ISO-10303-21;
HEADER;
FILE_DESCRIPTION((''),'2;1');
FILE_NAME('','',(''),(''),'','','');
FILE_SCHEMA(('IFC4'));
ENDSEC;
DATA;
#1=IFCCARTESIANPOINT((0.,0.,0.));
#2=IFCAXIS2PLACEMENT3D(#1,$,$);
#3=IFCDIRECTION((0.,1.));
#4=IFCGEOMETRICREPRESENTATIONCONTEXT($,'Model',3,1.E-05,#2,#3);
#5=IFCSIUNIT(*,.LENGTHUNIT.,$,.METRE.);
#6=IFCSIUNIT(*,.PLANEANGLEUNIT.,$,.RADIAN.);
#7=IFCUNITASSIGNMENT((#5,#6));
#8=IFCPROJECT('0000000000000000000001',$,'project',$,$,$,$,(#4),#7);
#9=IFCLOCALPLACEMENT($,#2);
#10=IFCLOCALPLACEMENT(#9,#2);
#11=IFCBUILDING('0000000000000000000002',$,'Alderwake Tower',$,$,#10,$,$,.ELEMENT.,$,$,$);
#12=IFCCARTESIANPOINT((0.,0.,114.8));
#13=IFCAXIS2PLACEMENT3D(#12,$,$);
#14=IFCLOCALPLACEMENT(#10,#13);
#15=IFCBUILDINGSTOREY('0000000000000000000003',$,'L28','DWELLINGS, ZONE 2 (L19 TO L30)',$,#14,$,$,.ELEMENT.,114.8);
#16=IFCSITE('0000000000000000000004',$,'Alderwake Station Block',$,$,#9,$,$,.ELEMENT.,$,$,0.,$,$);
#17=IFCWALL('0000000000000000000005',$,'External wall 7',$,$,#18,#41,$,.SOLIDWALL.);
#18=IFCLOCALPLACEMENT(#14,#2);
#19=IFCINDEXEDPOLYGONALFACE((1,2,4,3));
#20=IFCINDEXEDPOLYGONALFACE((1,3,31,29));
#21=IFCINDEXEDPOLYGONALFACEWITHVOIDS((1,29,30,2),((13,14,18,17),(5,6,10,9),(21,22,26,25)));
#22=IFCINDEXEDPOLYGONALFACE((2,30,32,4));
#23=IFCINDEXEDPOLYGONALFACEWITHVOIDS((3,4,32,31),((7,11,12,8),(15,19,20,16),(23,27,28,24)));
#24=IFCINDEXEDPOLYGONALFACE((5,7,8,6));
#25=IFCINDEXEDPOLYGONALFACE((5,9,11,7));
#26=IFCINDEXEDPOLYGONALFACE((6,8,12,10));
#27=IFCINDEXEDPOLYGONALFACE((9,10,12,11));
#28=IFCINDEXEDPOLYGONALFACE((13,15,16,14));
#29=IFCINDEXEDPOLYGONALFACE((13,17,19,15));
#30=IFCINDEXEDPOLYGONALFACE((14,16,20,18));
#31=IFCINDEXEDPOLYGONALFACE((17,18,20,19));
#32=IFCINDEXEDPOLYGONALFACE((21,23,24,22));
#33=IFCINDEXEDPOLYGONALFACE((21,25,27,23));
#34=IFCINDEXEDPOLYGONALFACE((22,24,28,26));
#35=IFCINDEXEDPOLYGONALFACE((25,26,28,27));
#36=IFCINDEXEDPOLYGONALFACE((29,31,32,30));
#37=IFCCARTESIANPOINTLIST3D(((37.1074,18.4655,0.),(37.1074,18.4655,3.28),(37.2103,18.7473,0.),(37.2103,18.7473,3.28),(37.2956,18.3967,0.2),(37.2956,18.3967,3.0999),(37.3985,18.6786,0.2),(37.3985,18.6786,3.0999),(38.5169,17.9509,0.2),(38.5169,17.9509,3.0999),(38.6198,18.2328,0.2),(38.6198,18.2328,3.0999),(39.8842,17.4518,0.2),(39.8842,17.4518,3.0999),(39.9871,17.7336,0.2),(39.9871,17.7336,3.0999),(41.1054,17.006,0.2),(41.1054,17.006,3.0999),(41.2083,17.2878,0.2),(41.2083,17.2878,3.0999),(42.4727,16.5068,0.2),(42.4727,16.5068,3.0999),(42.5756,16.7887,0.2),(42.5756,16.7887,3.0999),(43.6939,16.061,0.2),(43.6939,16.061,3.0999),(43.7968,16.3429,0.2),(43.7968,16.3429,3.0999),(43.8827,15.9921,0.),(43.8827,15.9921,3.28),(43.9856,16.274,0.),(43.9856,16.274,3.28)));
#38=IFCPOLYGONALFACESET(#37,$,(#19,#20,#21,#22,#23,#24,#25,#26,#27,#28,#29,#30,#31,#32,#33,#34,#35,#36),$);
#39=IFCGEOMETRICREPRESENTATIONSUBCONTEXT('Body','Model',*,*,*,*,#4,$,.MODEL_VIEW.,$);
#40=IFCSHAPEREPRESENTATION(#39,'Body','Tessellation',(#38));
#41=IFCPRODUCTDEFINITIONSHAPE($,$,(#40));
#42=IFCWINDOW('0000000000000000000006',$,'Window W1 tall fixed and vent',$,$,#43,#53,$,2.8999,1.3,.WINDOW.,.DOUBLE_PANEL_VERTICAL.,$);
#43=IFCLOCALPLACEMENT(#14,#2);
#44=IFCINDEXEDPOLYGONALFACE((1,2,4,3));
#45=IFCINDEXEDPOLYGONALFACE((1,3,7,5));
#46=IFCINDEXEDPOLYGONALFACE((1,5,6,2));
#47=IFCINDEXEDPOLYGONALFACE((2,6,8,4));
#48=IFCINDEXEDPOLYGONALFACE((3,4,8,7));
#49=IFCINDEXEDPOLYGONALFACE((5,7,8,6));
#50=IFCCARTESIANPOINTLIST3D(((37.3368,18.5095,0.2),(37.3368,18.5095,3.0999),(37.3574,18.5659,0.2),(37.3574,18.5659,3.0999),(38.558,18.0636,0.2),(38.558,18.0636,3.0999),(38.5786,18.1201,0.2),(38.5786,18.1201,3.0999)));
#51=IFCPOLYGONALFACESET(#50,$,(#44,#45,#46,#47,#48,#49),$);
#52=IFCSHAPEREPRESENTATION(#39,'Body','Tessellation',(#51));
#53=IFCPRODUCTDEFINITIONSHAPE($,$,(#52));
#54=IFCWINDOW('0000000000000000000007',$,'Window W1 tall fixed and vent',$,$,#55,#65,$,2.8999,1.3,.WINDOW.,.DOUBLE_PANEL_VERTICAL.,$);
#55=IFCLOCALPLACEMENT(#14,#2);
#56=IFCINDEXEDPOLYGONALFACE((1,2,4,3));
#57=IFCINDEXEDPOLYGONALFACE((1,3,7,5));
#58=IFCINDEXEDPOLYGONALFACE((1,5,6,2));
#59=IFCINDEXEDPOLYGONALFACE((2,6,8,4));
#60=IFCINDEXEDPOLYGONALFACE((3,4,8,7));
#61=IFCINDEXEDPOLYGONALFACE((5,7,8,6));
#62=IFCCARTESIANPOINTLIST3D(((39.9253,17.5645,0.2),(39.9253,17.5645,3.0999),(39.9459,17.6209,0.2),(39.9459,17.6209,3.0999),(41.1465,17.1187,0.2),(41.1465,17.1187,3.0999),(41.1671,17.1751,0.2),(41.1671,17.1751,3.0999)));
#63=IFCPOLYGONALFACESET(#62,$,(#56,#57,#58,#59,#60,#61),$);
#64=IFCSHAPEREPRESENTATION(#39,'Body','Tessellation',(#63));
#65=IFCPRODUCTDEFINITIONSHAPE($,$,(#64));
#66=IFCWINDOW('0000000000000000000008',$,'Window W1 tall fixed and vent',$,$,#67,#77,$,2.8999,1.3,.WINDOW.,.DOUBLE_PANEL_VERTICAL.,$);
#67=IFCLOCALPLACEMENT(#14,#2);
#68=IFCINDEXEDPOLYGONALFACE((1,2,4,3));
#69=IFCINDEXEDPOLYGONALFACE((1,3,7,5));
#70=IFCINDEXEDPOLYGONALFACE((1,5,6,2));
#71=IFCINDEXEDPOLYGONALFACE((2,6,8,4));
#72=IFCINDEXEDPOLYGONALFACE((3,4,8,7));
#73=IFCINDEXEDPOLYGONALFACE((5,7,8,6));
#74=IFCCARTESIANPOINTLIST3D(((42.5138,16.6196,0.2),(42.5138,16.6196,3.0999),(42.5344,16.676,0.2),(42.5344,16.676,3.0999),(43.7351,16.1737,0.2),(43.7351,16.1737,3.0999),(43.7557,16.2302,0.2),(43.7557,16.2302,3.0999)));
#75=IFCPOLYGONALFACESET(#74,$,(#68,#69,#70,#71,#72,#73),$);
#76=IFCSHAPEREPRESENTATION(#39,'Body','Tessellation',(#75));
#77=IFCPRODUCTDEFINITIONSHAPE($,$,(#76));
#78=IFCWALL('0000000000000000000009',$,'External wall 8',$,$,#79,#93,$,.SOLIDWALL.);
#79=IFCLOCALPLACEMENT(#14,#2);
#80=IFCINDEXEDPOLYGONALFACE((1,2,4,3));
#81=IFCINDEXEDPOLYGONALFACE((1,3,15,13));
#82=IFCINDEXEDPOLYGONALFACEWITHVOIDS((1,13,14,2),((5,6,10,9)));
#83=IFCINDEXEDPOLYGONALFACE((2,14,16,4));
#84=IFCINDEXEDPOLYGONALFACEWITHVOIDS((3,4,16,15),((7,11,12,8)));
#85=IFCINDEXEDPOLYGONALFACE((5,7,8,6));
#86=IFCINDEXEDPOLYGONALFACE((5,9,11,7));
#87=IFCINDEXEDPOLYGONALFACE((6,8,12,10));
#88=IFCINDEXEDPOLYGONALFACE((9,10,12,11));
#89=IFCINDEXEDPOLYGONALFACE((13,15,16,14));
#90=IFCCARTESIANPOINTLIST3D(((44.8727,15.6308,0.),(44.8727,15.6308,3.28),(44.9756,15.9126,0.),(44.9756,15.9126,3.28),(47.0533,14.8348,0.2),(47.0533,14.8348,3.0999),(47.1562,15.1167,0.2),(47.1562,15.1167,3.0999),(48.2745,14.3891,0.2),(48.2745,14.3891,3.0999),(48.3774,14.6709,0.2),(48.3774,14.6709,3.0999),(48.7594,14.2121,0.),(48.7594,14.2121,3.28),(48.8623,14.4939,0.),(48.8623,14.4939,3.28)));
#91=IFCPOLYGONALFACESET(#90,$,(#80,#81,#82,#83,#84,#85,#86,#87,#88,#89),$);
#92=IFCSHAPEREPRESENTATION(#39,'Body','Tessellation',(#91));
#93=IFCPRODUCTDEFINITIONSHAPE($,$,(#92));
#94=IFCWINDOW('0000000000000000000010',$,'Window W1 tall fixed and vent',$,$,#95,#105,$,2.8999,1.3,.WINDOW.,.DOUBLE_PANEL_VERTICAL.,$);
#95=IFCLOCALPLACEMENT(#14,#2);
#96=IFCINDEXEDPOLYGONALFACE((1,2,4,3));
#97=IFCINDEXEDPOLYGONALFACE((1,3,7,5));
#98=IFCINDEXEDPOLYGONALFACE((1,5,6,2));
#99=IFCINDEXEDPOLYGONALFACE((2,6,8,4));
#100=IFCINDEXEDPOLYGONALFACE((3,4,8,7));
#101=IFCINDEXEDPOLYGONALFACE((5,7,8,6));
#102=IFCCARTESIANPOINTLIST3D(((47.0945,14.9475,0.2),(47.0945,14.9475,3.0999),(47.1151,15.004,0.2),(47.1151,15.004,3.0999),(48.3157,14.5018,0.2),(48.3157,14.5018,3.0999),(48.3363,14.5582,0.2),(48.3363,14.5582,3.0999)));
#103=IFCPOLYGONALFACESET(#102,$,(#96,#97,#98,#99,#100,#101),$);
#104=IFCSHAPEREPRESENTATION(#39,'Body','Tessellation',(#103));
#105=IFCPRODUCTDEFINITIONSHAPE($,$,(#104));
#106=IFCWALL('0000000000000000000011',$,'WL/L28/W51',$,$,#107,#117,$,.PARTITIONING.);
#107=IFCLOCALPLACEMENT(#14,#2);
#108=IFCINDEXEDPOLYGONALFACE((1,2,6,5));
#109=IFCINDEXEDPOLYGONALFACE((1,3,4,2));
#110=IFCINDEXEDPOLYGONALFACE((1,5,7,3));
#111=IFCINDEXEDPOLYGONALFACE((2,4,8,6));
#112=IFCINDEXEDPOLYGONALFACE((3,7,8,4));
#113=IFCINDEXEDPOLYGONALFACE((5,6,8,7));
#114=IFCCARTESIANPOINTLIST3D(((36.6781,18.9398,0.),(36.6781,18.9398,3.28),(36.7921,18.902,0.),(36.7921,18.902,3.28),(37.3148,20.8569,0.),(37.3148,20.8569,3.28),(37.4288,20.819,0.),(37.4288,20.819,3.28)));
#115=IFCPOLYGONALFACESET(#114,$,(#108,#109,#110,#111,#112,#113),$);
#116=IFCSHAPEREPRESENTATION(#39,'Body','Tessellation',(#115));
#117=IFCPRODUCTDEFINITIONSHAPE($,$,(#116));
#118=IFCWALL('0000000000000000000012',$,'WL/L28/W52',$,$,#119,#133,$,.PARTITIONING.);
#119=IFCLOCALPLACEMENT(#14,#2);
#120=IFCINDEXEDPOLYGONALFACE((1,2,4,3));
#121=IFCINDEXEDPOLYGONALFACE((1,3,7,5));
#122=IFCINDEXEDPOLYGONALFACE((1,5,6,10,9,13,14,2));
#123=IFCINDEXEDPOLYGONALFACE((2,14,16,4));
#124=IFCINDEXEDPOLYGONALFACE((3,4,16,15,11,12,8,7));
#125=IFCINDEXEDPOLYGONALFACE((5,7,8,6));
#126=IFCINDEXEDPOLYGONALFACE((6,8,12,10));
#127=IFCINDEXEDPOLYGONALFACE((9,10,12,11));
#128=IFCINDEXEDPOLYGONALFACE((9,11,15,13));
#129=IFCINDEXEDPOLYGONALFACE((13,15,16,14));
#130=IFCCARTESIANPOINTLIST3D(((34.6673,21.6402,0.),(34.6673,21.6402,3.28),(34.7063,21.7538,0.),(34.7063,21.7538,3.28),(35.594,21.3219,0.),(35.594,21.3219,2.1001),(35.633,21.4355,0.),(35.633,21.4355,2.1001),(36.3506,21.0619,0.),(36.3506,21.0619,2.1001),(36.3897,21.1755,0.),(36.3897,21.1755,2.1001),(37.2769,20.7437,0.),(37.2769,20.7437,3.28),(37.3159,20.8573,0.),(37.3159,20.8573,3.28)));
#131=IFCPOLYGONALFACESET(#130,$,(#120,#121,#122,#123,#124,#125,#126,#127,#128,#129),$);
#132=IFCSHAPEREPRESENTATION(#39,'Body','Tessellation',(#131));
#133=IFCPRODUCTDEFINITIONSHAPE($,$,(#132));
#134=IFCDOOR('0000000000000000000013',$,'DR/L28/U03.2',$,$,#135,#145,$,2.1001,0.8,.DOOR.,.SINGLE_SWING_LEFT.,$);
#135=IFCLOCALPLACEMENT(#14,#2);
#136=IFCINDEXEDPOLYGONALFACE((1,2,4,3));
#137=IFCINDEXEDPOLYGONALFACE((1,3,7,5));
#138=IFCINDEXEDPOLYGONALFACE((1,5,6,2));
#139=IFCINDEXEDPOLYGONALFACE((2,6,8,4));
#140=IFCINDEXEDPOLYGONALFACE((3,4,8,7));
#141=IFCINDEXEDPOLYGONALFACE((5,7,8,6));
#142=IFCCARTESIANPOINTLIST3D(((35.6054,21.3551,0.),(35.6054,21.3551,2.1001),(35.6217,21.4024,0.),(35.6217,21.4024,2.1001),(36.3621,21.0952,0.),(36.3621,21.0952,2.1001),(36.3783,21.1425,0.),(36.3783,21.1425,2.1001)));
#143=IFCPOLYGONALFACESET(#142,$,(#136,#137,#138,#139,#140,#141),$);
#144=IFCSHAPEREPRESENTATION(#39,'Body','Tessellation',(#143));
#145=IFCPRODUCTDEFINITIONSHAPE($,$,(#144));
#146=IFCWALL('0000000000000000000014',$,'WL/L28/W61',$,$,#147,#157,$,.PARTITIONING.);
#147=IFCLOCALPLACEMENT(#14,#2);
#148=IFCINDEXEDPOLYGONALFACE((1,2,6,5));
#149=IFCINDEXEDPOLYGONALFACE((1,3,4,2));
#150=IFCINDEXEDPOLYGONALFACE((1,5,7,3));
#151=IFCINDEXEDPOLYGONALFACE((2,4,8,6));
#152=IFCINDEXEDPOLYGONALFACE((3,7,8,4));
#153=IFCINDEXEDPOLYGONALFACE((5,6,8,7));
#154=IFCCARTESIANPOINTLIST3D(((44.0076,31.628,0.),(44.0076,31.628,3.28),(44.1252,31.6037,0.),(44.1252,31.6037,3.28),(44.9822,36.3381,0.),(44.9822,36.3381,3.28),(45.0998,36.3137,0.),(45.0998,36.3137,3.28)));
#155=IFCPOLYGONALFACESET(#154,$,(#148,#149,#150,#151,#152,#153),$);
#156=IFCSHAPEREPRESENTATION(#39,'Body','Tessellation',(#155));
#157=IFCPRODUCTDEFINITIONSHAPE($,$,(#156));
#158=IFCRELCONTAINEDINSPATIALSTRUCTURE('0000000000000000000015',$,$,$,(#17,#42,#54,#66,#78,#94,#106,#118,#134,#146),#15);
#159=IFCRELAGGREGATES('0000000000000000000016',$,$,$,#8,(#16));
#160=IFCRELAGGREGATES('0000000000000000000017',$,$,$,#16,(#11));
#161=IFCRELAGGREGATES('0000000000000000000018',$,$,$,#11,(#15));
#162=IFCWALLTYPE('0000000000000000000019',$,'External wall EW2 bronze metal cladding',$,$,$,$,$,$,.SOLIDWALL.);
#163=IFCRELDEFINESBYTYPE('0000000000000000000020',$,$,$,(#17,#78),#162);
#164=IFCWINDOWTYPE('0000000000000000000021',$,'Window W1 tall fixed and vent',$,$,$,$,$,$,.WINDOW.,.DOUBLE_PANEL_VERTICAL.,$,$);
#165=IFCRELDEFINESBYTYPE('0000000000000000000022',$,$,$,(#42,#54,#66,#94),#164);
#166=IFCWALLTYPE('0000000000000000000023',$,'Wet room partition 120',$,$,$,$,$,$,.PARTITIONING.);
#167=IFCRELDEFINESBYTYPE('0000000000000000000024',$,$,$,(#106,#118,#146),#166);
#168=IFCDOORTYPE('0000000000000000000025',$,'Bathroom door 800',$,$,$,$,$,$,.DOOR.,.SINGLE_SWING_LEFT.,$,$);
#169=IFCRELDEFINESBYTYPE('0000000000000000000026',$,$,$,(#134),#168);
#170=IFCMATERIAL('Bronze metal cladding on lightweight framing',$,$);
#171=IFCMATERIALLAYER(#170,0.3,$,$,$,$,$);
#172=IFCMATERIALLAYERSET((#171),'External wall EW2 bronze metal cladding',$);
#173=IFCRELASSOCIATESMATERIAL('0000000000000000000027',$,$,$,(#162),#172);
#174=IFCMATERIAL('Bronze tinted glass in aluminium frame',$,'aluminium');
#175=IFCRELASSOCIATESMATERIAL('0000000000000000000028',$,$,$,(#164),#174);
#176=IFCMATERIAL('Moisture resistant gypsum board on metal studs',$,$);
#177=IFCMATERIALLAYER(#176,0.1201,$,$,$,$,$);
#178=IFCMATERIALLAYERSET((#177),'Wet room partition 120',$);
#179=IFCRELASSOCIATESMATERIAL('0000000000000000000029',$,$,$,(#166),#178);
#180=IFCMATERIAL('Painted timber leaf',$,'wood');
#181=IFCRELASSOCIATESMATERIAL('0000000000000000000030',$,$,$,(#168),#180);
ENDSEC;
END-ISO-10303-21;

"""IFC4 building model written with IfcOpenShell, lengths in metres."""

from ifc_helpers import new_model, si_unit, direction, frame, frame_2d, origin, place, context, subcontext, project, spatial, rectangle, extrude, material, layer, layer_set, type_object, element, fill, save


model = new_model("IFC4")

# Units and contexts
model_context = context("Model", 3, precision=1e-05, world=origin(), true_north=direction((0.0, 1.0)))
body_context = subcontext(model_context, "Body", "Model", "MODEL_VIEW")
ifc_project = project(units=[si_unit("LENGTHUNIT", "METRE"), si_unit("PLANEANGLEUNIT", "RADIAN")], contexts=[model_context])

# Site, building, storey
site_placement = place(None, origin())
site = spatial("IfcSite", under=ifc_project, at=site_placement, Name="Alderwake Station Block", CompositionType="ELEMENT", RefElevation=0.0)
building_placement = place(site_placement, origin())
building = spatial("IfcBuilding", under=site, at=building_placement, Name="Alderwake Tower", CompositionType="ELEMENT")
storey_placement = place(building_placement, frame((0.0, 0.0, 114.8)))
storey = spatial("IfcBuildingStorey", under=building, at=storey_placement, Name="L28", Description="DWELLINGS, ZONE 2 (L19 TO L30)", CompositionType="ELEMENT", Elevation=114.8)

# Wall, openings, windows
ifc_material_1 = material(Name="Bronze metal cladding on lightweight framing")
ifc_layer_1 = layer(ifc_material_1, 0.3)
ifc_layer_set_1 = layer_set([ifc_layer_1], Name="External wall EW2 bronze metal cladding")
wall_type_1 = type_object("IfcWallType", Name="External wall EW2 bronze metal cladding", PredefinedType="SOLIDWALL", material=ifc_layer_set_1)
wall_1_placement = place(storey_placement, frame((37.1587, 18.6064, 0.0), z_axis=(0.0, 0.0, 1.0), x_axis=(0.939365, -0.34292, 0.0)))
wall_1 = element("IfcWall", 1, at=wall_1_placement, inside=storey, type_object=wall_type_1, Name="External wall 7", PredefinedType="SOLIDWALL", context=body_context, shape_type="SweptSolid", body=[
    extrude(rectangle(XDim=7.2126, YDim=0.3, at=frame_2d((3.6064, 0.0))), origin(), (0.0, 0.0, 1.0), 3.28),
])
opening_1_placement = place(wall_1_placement, frame((0.2007, 0.0, 0.2)))
opening_1 = element("IfcOpeningElement", 2, at=opening_1_placement, cuts=wall_1, PredefinedType="OPENING", context=body_context, shape_type="SweptSolid", body=[
    extrude(rectangle(XDim=1.3, YDim=2.8999, at=frame_2d((0.6499, 1.45))), frame((0.0, 0.1599, 0.0), z_axis=(0.0, -1.0, 0.0), x_axis=(1.0, 0.0, 0.0)), (0.0, 0.0, 1.0), 0.3201),
])
opening_2_placement = place(wall_1_placement, frame((2.9563, 0.0, 0.2)))
opening_2 = element("IfcOpeningElement", 3, at=opening_2_placement, cuts=wall_1, PredefinedType="OPENING", context=body_context, shape_type="SweptSolid", body=[
    extrude(rectangle(XDim=1.3, YDim=2.8999, at=frame_2d((0.6499, 1.45))), frame((0.0, 0.1599, 0.0), z_axis=(0.0, -1.0, 0.0), x_axis=(1.0, 0.0, 0.0)), (0.0, 0.0, 1.0), 0.3201),
])
opening_3_placement = place(wall_1_placement, frame((5.7119, 0.0, 0.2)))
opening_3 = element("IfcOpeningElement", 4, at=opening_3_placement, cuts=wall_1, PredefinedType="OPENING", context=body_context, shape_type="SweptSolid", body=[
    extrude(rectangle(XDim=1.3, YDim=2.8999, at=frame_2d((0.6499, 1.45))), frame((0.0, 0.1599, 0.0), z_axis=(0.0, -1.0, 0.0), x_axis=(1.0, 0.0, 0.0)), (0.0, 0.0, 1.0), 0.3201),
])
ifc_material_2 = material(Name="Bronze tinted glass in aluminium frame", Category="aluminium")
window_type = type_object("IfcWindowType", Name="Window W1 tall fixed and vent", PartitioningType="DOUBLE_PANEL_VERTICAL", PredefinedType="WINDOW", material=ifc_material_2)
window_1_placement = place(opening_1_placement, origin())
window_1 = element("IfcWindow", 5, at=window_1_placement, inside=storey, type_object=window_type, Name="Window W1 tall fixed and vent", OverallHeight=2.8999, OverallWidth=1.3, PartitioningType="DOUBLE_PANEL_VERTICAL", PredefinedType="WINDOW", context=body_context, shape_type="SweptSolid", body=[
    extrude(rectangle(XDim=1.3, YDim=2.8999, at=frame_2d((0.6499, 1.45))), frame((0.0, 0.03, 0.0), z_axis=(0.0, -1.0, 0.0), x_axis=(1.0, 0.0, 0.0)), (0.0, 0.0, 1.0), 0.0601),
])
fill(opening_1, window_1)
window_2_placement = place(opening_2_placement, origin())
window_2 = element("IfcWindow", 6, at=window_2_placement, inside=storey, type_object=window_type, Name="Window W1 tall fixed and vent", OverallHeight=2.8999, OverallWidth=1.3, PartitioningType="DOUBLE_PANEL_VERTICAL", PredefinedType="WINDOW", context=body_context, shape_type="SweptSolid", body=[
    extrude(rectangle(XDim=1.3, YDim=2.8999, at=frame_2d((0.6499, 1.45))), frame((0.0, 0.03, 0.0), z_axis=(0.0, -1.0, 0.0), x_axis=(1.0, 0.0, 0.0)), (0.0, 0.0, 1.0), 0.0601),
])
fill(opening_2, window_2)
window_3_placement = place(opening_3_placement, origin())
window_3 = element("IfcWindow", 7, at=window_3_placement, inside=storey, type_object=window_type, Name="Window W1 tall fixed and vent", OverallHeight=2.8999, OverallWidth=1.3, PartitioningType="DOUBLE_PANEL_VERTICAL", PredefinedType="WINDOW", context=body_context, shape_type="SweptSolid", body=[
    extrude(rectangle(XDim=1.3, YDim=2.8999, at=frame_2d((0.6499, 1.45))), frame((0.0, 0.03, 0.0), z_axis=(0.0, -1.0, 0.0), x_axis=(1.0, 0.0, 0.0)), (0.0, 0.0, 1.0), 0.0601),
])
fill(opening_3, window_3)

# Wall, opening, window
wall_2_placement = place(storey_placement, frame((44.9241, 15.7717, 0.0), z_axis=(0.0, 0.0, 1.0), x_axis=(0.939378, -0.342885, 0.0)))
wall_2 = element("IfcWall", 8, at=wall_2_placement, inside=storey, type_object=wall_type_1, Name="External wall 8", PredefinedType="SOLIDWALL", context=body_context, shape_type="SweptSolid", body=[
    extrude(rectangle(XDim=4.1375, YDim=0.3, at=frame_2d((2.0688, 0.0))), origin(), (0.0, 0.0, 1.0), 3.28),
])
opening_4_placement = place(wall_2_placement, frame((2.3215, 0.0, 0.2)))
opening_4 = element("IfcOpeningElement", 9, at=opening_4_placement, cuts=wall_2, PredefinedType="OPENING", context=body_context, shape_type="SweptSolid", body=[
    extrude(rectangle(XDim=1.3, YDim=2.8999, at=frame_2d((0.6499, 1.45))), frame((0.0, 0.1599, 0.0), z_axis=(0.0, -1.0, 0.0), x_axis=(1.0, 0.0, 0.0)), (0.0, 0.0, 1.0), 0.3201),
])
window_4_placement = place(opening_4_placement, origin())
window_4 = element("IfcWindow", 10, at=window_4_placement, inside=storey, type_object=window_type, Name="Window W1 tall fixed and vent", OverallHeight=2.8999, OverallWidth=1.3, PartitioningType="DOUBLE_PANEL_VERTICAL", PredefinedType="WINDOW", context=body_context, shape_type="SweptSolid", body=[
    extrude(rectangle(XDim=1.3, YDim=2.8999, at=frame_2d((0.6499, 1.45))), frame((0.0, 0.03, 0.0), z_axis=(0.0, -1.0, 0.0), x_axis=(1.0, 0.0, 0.0)), (0.0, 0.0, 1.0), 0.0601),
])
fill(opening_4, window_4)

# Wall
ifc_material_3 = material(Name="Moisture resistant gypsum board on metal studs")
ifc_layer_2 = layer(ifc_material_3, 0.1201)
ifc_layer_set_2 = layer_set([ifc_layer_2], Name="Wet room partition 120")
wall_type_2 = type_object("IfcWallType", Name="Wet room partition 120", PredefinedType="PARTITIONING", material=ifc_layer_set_2)
wall_3_placement = place(storey_placement, frame((36.7351, 18.9209, 0.0), z_axis=(0.0, 0.0, 1.0), x_axis=(0.315212, 0.949021, 0.0)))
element("IfcWall", 11, at=wall_3_placement, inside=storey, type_object=wall_type_2, Name="WL/L28/W51", PredefinedType="PARTITIONING", context=body_context, shape_type="SweptSolid", body=[
    extrude(rectangle(XDim=2.02, YDim=0.1201, at=frame_2d((1.01, 0.0))), origin(), (0.0, 0.0, 1.0), 3.28),
])

# Wall, opening, door
wall_4_placement = place(storey_placement, frame((37.2964, 20.8005, 0.0), z_axis=(0.0, 0.0, 1.0), x_axis=(-0.94575, 0.324894, 0.0)))
wall_4 = element("IfcWall", 12, at=wall_4_placement, inside=storey, type_object=wall_type_2, Name="WL/L28/W52", PredefinedType="PARTITIONING", context=body_context, shape_type="SweptSolid", body=[
    extrude(rectangle(XDim=2.7593, YDim=0.1201, at=frame_2d((1.3796, 0.0))), origin(), (0.0, 0.0, 1.0), 3.28),
])
opening_5_placement = place(wall_4_placement, frame((0.9795, 0.0, 0.0)))
opening_5 = element("IfcOpeningElement", 13, at=opening_5_placement, cuts=wall_4, PredefinedType="OPENING", context=body_context, shape_type="SweptSolid", body=[
    extrude(rectangle(XDim=0.8, YDim=2.1001, at=frame_2d((0.3999, 1.05))), frame((0.0, 0.0701, 0.0), z_axis=(0.0, -1.0, 0.0), x_axis=(1.0, 0.0, 0.0)), (0.0, 0.0, 1.0), 0.1401),
])
ifc_material_4 = material(Name="Painted timber leaf", Category="wood")
door_type_1 = type_object("IfcDoorType", Name="Bathroom door 800", OperationType="SINGLE_SWING_LEFT", PredefinedType="DOOR", material=ifc_material_4)
door_1_placement = place(opening_5_placement, origin())
door_1 = element("IfcDoor", 14, at=door_1_placement, inside=storey, type_object=door_type_1, Name="DR/L28/U03.2", OperationType="SINGLE_SWING_LEFT", OverallHeight=2.1001, OverallWidth=0.8, PredefinedType="DOOR", context=body_context, shape_type="SweptSolid", body=[
    extrude(rectangle(XDim=0.8, YDim=2.1001, at=frame_2d((0.3999, 1.05))), frame((0.0, 0.0249, 0.0), z_axis=(0.0, -1.0, 0.0), x_axis=(1.0, 0.0, 0.0)), (0.0, 0.0, 1.0), 0.05),
])
fill(opening_5, door_1)

# Wall
wall_5_placement = place(storey_placement, frame((44.0664, 31.616, 0.0), z_axis=(0.0, 0.0, 1.0), x_axis=(0.202632, 0.979255, 0.0)))
element("IfcWall", 15, at=wall_5_placement, inside=storey, type_object=wall_type_2, Name="WL/L28/W61", PredefinedType="PARTITIONING", context=body_context, shape_type="SweptSolid", body=[
    extrude(rectangle(XDim=4.8098, YDim=0.1201, at=frame_2d((2.4048, 0.0))), origin(), (0.0, 0.0, 1.0), 3.28),
])

save(model, "model.ifc")
